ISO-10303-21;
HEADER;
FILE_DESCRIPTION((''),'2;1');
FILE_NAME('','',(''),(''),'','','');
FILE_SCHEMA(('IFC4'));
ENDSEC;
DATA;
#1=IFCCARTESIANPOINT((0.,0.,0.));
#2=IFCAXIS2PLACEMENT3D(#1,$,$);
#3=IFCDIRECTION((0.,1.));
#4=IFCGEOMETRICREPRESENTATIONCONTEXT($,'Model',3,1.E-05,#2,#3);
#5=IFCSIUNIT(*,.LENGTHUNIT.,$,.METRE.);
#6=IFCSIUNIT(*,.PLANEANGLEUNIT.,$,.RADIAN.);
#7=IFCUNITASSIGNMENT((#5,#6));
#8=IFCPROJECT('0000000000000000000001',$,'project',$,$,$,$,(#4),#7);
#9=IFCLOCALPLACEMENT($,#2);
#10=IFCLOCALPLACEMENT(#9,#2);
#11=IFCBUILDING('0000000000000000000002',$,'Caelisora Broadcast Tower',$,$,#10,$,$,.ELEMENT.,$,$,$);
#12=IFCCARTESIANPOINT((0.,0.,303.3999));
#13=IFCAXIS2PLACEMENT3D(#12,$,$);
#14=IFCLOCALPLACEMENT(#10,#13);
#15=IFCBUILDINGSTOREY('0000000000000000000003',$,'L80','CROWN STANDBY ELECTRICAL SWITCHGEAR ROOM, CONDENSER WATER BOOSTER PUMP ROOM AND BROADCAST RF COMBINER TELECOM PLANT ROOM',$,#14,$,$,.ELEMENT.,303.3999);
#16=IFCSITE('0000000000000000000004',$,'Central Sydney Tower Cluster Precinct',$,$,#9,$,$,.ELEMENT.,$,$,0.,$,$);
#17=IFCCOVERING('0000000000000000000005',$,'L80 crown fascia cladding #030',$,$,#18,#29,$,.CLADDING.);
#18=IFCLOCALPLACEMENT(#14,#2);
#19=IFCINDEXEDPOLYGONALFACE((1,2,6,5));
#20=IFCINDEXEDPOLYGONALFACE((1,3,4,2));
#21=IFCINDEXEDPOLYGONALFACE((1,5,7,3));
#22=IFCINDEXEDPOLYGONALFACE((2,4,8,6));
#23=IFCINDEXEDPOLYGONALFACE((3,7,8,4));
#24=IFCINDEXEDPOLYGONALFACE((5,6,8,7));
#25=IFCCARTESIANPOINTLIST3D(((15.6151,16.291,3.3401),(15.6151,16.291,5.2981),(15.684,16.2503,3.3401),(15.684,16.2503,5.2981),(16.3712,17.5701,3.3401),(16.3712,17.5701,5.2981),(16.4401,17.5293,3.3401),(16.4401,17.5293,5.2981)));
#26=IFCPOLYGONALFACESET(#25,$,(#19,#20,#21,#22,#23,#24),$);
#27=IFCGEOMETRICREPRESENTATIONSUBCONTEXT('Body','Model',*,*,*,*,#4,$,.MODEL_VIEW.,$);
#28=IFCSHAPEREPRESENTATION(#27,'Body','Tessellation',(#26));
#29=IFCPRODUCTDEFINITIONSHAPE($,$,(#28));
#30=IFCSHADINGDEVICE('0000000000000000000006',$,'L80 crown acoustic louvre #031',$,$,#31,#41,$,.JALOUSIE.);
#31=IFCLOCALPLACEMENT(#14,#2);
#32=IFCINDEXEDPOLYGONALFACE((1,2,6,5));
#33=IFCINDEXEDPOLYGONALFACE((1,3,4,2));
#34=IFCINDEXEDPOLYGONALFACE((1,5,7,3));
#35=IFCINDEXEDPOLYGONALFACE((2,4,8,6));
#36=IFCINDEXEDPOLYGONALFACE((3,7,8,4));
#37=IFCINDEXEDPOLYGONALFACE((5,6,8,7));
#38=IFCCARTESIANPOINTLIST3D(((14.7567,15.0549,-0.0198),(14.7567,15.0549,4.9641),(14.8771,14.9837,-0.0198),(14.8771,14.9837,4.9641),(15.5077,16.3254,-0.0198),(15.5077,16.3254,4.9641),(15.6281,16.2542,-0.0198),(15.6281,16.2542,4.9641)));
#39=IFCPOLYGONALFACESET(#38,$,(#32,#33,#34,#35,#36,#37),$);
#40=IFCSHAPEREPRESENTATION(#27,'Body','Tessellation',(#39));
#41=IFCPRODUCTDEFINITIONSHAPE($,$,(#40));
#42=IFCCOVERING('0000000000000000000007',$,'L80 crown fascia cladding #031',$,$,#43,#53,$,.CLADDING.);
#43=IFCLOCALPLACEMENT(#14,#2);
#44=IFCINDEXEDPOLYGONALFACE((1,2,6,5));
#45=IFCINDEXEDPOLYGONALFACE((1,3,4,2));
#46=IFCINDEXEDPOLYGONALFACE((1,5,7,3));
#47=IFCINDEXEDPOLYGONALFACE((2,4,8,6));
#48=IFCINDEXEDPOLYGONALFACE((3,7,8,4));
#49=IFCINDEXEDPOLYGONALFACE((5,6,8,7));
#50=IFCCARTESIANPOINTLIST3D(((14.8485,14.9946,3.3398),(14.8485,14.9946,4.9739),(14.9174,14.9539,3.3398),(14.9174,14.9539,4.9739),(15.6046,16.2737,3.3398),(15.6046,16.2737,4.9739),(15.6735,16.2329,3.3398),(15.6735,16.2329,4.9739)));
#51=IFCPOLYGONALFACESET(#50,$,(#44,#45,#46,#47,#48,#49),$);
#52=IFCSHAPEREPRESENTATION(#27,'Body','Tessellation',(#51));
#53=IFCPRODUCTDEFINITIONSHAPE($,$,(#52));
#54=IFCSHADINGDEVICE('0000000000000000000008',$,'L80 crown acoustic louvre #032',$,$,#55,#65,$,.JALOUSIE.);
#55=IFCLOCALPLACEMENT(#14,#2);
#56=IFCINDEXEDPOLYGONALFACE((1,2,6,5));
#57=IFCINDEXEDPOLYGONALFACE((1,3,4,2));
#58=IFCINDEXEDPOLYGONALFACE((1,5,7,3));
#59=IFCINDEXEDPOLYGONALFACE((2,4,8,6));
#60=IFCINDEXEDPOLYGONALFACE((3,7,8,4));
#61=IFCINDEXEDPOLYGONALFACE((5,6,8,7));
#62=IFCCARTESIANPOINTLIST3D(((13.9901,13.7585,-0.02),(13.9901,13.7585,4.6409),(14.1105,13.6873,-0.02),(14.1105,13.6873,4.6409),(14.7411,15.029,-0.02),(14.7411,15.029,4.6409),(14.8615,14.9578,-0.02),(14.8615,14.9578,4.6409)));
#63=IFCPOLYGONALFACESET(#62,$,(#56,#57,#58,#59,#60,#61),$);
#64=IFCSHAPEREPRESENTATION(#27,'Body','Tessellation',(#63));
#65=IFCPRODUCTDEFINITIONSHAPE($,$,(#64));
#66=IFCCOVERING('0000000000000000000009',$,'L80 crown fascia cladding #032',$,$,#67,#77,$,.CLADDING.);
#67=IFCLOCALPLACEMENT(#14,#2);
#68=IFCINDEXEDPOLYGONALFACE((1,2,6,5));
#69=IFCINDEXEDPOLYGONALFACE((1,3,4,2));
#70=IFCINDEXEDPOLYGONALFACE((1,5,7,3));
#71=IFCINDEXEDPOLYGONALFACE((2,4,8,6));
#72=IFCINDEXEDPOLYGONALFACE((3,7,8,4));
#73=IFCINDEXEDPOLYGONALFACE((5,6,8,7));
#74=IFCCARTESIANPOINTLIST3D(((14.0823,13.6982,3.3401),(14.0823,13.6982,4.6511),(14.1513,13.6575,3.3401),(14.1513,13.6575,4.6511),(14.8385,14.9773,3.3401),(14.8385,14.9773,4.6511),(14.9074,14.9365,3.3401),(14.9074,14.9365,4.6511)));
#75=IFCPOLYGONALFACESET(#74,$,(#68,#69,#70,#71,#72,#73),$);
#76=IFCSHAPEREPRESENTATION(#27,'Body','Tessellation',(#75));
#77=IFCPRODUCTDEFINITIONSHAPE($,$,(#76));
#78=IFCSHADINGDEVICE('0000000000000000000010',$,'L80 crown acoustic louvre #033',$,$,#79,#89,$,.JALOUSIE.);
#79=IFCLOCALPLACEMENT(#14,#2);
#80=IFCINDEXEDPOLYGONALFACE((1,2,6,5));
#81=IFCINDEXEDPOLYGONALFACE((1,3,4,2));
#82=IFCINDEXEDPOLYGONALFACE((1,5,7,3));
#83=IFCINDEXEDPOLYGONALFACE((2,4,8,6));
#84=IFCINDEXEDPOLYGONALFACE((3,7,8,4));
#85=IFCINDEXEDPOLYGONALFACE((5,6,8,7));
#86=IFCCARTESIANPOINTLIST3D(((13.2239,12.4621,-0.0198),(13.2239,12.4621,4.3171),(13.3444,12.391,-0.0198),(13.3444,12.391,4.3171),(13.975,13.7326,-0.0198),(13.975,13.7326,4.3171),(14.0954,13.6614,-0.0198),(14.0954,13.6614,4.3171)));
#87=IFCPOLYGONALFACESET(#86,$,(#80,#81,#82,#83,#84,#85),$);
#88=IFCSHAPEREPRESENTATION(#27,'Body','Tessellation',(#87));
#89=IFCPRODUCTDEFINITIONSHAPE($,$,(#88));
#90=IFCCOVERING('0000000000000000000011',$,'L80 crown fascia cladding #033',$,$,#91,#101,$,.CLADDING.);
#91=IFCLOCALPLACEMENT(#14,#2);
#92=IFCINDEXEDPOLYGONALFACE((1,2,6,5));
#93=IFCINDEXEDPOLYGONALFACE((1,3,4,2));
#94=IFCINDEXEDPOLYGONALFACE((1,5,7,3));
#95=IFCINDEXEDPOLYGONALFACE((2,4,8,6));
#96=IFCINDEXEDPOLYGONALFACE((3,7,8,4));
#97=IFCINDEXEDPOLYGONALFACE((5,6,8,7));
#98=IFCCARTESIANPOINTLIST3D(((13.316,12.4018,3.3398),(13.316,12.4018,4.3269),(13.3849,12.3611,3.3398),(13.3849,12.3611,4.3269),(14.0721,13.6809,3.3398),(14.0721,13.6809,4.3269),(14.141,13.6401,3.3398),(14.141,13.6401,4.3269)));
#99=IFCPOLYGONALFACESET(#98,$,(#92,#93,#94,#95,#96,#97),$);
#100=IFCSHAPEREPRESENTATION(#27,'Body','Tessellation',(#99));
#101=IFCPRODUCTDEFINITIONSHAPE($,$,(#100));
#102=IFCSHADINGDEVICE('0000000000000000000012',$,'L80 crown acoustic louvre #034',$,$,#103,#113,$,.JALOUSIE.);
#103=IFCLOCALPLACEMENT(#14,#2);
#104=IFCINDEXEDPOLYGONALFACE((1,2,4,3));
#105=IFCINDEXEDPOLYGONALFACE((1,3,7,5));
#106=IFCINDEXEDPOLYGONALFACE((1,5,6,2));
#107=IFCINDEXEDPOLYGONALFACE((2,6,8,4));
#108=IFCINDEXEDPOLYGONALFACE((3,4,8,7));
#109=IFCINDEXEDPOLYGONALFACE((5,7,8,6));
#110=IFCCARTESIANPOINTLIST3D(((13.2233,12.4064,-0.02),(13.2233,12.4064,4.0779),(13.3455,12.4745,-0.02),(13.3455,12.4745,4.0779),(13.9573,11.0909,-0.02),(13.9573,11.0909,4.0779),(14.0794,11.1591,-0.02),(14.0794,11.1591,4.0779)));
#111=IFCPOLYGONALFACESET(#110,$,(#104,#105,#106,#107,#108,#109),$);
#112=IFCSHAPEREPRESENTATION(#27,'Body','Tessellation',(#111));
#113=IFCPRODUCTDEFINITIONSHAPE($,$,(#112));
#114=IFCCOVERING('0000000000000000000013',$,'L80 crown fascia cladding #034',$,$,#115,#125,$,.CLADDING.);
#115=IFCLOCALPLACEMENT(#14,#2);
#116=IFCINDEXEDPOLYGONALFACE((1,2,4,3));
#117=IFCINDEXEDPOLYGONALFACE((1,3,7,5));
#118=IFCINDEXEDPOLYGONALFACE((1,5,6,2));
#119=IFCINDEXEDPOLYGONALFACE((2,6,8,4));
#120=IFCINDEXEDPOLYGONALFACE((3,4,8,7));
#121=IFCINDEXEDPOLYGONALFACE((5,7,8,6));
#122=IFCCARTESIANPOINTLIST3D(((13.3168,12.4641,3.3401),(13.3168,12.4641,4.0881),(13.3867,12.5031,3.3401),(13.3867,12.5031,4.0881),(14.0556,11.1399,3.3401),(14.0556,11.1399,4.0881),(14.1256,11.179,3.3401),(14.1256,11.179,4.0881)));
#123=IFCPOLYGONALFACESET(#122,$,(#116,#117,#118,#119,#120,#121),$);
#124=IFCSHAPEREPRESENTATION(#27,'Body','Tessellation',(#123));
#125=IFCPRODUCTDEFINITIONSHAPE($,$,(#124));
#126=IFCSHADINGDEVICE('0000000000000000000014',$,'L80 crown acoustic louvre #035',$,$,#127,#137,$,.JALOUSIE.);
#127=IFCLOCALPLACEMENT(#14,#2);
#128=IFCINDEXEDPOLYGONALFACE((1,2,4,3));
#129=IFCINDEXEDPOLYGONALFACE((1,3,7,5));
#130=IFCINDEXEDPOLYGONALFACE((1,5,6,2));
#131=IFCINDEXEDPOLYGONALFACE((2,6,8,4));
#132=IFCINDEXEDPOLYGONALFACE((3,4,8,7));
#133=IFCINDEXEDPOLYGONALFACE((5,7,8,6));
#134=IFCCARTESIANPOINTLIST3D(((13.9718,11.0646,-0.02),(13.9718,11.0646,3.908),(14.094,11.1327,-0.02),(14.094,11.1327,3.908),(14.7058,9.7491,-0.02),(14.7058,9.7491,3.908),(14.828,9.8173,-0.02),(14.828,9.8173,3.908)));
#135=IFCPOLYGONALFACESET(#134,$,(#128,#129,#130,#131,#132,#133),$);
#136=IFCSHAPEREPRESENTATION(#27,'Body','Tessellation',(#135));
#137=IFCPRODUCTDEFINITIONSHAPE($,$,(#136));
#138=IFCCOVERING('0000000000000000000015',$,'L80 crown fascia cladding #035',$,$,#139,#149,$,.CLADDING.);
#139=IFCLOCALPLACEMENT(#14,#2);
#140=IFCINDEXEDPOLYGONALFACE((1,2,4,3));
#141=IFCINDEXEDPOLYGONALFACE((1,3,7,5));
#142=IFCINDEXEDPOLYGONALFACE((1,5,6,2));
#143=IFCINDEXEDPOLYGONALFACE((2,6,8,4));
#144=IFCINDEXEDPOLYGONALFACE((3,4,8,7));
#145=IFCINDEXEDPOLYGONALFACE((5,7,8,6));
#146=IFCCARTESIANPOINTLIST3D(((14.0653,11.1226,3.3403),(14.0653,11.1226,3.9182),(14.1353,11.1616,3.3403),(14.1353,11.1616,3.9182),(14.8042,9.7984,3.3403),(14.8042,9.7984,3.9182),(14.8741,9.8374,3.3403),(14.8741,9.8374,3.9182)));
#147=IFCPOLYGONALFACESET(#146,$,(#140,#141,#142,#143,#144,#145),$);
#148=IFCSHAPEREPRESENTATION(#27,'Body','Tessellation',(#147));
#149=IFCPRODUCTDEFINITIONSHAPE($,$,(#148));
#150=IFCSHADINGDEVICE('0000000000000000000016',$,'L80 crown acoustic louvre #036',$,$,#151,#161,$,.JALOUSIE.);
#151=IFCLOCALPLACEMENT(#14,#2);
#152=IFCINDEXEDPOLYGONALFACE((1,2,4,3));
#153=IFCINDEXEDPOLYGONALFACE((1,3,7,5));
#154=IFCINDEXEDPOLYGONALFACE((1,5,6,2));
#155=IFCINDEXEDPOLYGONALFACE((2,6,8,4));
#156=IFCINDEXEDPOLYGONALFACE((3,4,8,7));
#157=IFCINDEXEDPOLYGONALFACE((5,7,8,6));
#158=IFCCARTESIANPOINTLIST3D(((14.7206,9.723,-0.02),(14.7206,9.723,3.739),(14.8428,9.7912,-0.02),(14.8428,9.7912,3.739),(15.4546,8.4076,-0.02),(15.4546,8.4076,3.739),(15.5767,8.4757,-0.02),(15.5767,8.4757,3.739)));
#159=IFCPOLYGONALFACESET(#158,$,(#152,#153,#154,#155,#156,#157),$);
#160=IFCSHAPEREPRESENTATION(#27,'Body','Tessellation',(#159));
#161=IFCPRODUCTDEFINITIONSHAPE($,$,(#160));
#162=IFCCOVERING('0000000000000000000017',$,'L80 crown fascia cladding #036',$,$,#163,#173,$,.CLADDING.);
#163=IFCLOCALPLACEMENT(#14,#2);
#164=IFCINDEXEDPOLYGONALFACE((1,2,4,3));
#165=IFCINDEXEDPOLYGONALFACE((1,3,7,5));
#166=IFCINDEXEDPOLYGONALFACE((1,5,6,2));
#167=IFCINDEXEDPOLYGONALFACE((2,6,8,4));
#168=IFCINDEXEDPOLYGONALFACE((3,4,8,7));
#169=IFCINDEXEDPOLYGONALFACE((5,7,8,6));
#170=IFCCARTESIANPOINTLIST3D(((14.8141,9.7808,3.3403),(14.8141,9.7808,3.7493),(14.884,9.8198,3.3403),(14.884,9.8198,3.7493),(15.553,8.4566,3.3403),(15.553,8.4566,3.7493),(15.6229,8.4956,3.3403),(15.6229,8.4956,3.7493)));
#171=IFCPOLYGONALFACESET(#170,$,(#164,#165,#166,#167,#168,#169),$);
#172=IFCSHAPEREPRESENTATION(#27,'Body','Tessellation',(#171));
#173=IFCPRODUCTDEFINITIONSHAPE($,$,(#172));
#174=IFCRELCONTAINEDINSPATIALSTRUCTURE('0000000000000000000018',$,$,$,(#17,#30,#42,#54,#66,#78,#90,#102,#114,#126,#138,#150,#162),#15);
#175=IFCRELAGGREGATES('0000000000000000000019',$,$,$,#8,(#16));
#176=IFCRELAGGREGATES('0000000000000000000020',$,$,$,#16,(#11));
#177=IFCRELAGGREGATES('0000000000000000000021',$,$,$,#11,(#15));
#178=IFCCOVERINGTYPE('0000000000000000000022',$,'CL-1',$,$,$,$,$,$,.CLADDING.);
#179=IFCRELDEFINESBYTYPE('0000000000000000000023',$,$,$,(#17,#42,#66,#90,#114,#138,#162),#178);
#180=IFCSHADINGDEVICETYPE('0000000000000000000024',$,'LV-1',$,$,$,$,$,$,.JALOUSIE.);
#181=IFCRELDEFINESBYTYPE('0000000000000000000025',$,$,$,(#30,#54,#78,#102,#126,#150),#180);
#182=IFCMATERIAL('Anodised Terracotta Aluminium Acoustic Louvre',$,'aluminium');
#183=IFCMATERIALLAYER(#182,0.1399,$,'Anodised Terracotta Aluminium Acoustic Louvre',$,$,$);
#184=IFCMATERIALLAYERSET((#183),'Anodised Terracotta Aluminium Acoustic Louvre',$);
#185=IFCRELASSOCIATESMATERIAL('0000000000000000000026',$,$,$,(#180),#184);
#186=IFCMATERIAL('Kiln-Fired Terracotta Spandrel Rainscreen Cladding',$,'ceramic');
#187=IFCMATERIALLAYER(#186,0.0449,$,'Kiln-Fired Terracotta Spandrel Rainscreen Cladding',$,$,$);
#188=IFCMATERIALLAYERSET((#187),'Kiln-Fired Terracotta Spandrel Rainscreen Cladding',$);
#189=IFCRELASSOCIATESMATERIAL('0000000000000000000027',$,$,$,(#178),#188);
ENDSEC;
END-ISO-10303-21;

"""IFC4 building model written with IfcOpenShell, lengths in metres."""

from ifc_helpers import new_model, si_unit, direction, frame, origin, origin_2d, place, context, subcontext, project, spatial, rectangle, extrude, source, transform, mapped, material, layer, layer_set, type_object, element, save


model = new_model("IFC4")

# Units and contexts
model_context = context("Model", 3, precision=1e-05, world=origin(), true_north=direction((0.0, 1.0)))
body_context = subcontext(model_context, "Body", "Model", "MODEL_VIEW")
ifc_project = project(units=[si_unit("LENGTHUNIT", "METRE"), si_unit("PLANEANGLEUNIT", "RADIAN")], contexts=[model_context])

# Site, building, storey
site_placement = place(None, origin())
site = spatial("IfcSite", under=ifc_project, at=site_placement, Name="Central Sydney Tower Cluster Precinct", CompositionType="ELEMENT", RefElevation=0.0)
building_placement = place(site_placement, origin())
building = spatial("IfcBuilding", under=site, at=building_placement, Name="Caelisora Broadcast Tower", CompositionType="ELEMENT")
storey_placement = place(building_placement, frame((0.0, 0.0, 303.3999)))
storey = spatial("IfcBuildingStorey", under=building, at=storey_placement, Name="L80", Description="CROWN STANDBY ELECTRICAL SWITCHGEAR ROOM, CONDENSER WATER BOOSTER PUMP ROOM AND BROADCAST RF COMBINER TELECOM PLANT ROOM", CompositionType="ELEMENT", Elevation=303.3999)

# Shared definitions
ifc_material_1 = material(Name="Anodised Terracotta Aluminium Acoustic Louvre", Category="aluminium")
ifc_layer_1 = layer(ifc_material_1, 0.1399, Name="Anodised Terracotta Aluminium Acoustic Louvre")
ifc_layer_set_1 = layer_set([ifc_layer_1], Name="Anodised Terracotta Aluminium Acoustic Louvre")
shading_device_type = type_object("IfcShadingDeviceType", Name="LV-1", PredefinedType="JALOUSIE", material=ifc_layer_set_1)

# Covering
ifc_material_2 = material(Name="Kiln-Fired Terracotta Spandrel Rainscreen Cladding", Category="ceramic")
ifc_layer_2 = layer(ifc_material_2, 0.0449, Name="Kiln-Fired Terracotta Spandrel Rainscreen Cladding")
ifc_layer_set_2 = layer_set([ifc_layer_2], Name="Kiln-Fired Terracotta Spandrel Rainscreen Cladding")
covering_type = type_object("IfcCoveringType", Name="CL-1", PredefinedType="CLADDING", material=ifc_layer_set_2)
shared_shape_1 = source(origin(), body_context, "Body", "SweptSolid", [
    extrude(rectangle(XDim=1.4858, YDim=0.0801, at=origin_2d()), origin(), (0.0, 0.0, 1.0), 1.958),
])
covering_1_placement = place(storey_placement, frame((16.0276, 16.9102, 3.3401), z_axis=(0.0, 0.0, 1.0), x_axis=(-0.508891, -0.860831, 0.0)))
element("IfcCovering", 1, at=covering_1_placement, inside=storey, type_object=covering_type, Name="L80 crown fascia cladding #030", PredefinedType="CLADDING", context=body_context, shape_type="MappedRepresentation", body=[
    mapped(shared_shape_1, transform((0.0, 0.0, 0.0), scale=1.0)),
])

# Shading device
shared_shape_2 = source(origin(), body_context, "Body", "SweptSolid", [
    extrude(rectangle(XDim=1.4758, YDim=0.1399, at=origin_2d()), origin(), (0.0, 0.0, 1.0), 4.9839),
])
shading_device_1_placement = place(storey_placement, frame((15.1924, 15.6545, -0.0198), z_axis=(0.0, 0.0, 1.0), x_axis=(-0.508891, -0.860831, 0.0)))
element("IfcShadingDevice", 2, at=shading_device_1_placement, inside=storey, type_object=shading_device_type, Name="L80 crown acoustic louvre #031", PredefinedType="JALOUSIE", context=body_context, shape_type="MappedRepresentation", body=[
    mapped(shared_shape_2, transform((0.0, 0.0, 0.0), scale=1.0)),
])

# Covering
shared_shape_3 = source(origin(), body_context, "Body", "SweptSolid", [
    extrude(rectangle(XDim=1.4858, YDim=0.0801, at=origin_2d()), origin(), (0.0, 0.0, 1.0), 1.634),
])
covering_2_placement = place(storey_placement, frame((15.261, 15.6138, 3.3398), z_axis=(0.0, 0.0, 1.0), x_axis=(-0.508891, -0.860831, 0.0)))
element("IfcCovering", 3, at=covering_2_placement, inside=storey, type_object=covering_type, Name="L80 crown fascia cladding #031", PredefinedType="CLADDING", context=body_context, shape_type="MappedRepresentation", body=[
    mapped(shared_shape_3, transform((0.0, 0.0, 0.0), scale=1.0)),
])

# Shading device
shared_shape_4 = source(origin(), body_context, "Body", "SweptSolid", [
    extrude(rectangle(XDim=1.4758, YDim=0.1399, at=origin_2d()), origin(), (0.0, 0.0, 1.0), 4.6609),
])
shading_device_2_placement = place(storey_placement, frame((14.4258, 14.3582, -0.02), z_axis=(0.0, 0.0, 1.0), x_axis=(-0.508891, -0.860831, 0.0)))
element("IfcShadingDevice", 4, at=shading_device_2_placement, inside=storey, type_object=shading_device_type, Name="L80 crown acoustic louvre #032", PredefinedType="JALOUSIE", context=body_context, shape_type="MappedRepresentation", body=[
    mapped(shared_shape_4, transform((0.0, 0.0, 0.0), scale=1.0)),
])

# Covering
shared_shape_5 = source(origin(), body_context, "Body", "SweptSolid", [
    extrude(rectangle(XDim=1.4858, YDim=0.0801, at=origin_2d()), origin(), (0.0, 0.0, 1.0), 1.311),
])
covering_3_placement = place(storey_placement, frame((14.4949, 14.3174, 3.3401), z_axis=(0.0, 0.0, 1.0), x_axis=(-0.508891, -0.860831, 0.0)))
element("IfcCovering", 5, at=covering_3_placement, inside=storey, type_object=covering_type, Name="L80 crown fascia cladding #032", PredefinedType="CLADDING", context=body_context, shape_type="MappedRepresentation", body=[
    mapped(shared_shape_5, transform((0.0, 0.0, 0.0), scale=1.0)),
])

# Shading device
shared_shape_6 = source(origin(), body_context, "Body", "SweptSolid", [
    extrude(rectangle(XDim=1.4758, YDim=0.1399, at=origin_2d()), origin(), (0.0, 0.0, 1.0), 4.3369),
])
shading_device_3_placement = place(storey_placement, frame((13.6597, 13.0618, -0.0198), z_axis=(0.0, 0.0, 1.0), x_axis=(-0.508891, -0.860831, 0.0)))
element("IfcShadingDevice", 6, at=shading_device_3_placement, inside=storey, type_object=shading_device_type, Name="L80 crown acoustic louvre #033", PredefinedType="JALOUSIE", context=body_context, shape_type="MappedRepresentation", body=[
    mapped(shared_shape_6, transform((0.0, 0.0, 0.0), scale=1.0)),
])

# Covering
shared_shape_7 = source(origin(), body_context, "Body", "SweptSolid", [
    extrude(rectangle(XDim=1.4858, YDim=0.0801, at=origin_2d()), origin(), (0.0, 0.0, 1.0), 0.9871),
])
covering_4_placement = place(storey_placement, frame((13.7285, 13.021, 3.3398), z_axis=(0.0, 0.0, 1.0), x_axis=(-0.508891, -0.860831, 0.0)))
element("IfcCovering", 7, at=covering_4_placement, inside=storey, type_object=covering_type, Name="L80 crown fascia cladding #033", PredefinedType="CLADDING", context=body_context, shape_type="MappedRepresentation", body=[
    mapped(shared_shape_7, transform((0.0, 0.0, 0.0), scale=1.0)),
])

# Shading device
shared_shape_8 = source(origin(), body_context, "Body", "SweptSolid", [
    extrude(rectangle(XDim=1.5063, YDim=0.1399, at=origin_2d()), origin(), (0.0, 0.0, 1.0), 4.0979),
])
shading_device_4_placement = place(storey_placement, frame((13.6514, 11.7827, -0.02), z_axis=(0.0, 0.0, 1.0), x_axis=(0.48725, -0.873262, 0.0)))
element("IfcShadingDevice", 8, at=shading_device_4_placement, inside=storey, type_object=shading_device_type, Name="L80 crown acoustic louvre #034", PredefinedType="JALOUSIE", context=body_context, shape_type="MappedRepresentation", body=[
    mapped(shared_shape_8, transform((0.0, 0.0, 0.0), scale=1.0)),
])

# Covering
shared_shape_9 = source(origin(), body_context, "Body", "SweptSolid", [
    extrude(rectangle(XDim=1.5164, YDim=0.0801, at=origin_2d()), origin(), (0.0, 0.0, 1.0), 0.748),
])
covering_5_placement = place(storey_placement, frame((13.7212, 11.8215, 3.3401), z_axis=(0.0, 0.0, 1.0), x_axis=(0.48725, -0.873262, 0.0)))
element("IfcCovering", 9, at=covering_5_placement, inside=storey, type_object=covering_type, Name="L80 crown fascia cladding #034", PredefinedType="CLADDING", context=body_context, shape_type="MappedRepresentation", body=[
    mapped(shared_shape_9, transform((0.0, 0.0, 0.0), scale=1.0)),
])

# Shading device
shared_shape_10 = source(origin(), body_context, "Body", "SweptSolid", [
    extrude(rectangle(XDim=1.5063, YDim=0.1399, at=origin_2d()), origin(), (0.0, 0.0, 1.0), 3.928),
])
shading_device_5_placement = place(storey_placement, frame((14.3999, 10.4409, -0.02), z_axis=(0.0, 0.0, 1.0), x_axis=(0.48725, -0.873262, 0.0)))
element("IfcShadingDevice", 10, at=shading_device_5_placement, inside=storey, type_object=shading_device_type, Name="L80 crown acoustic louvre #035", PredefinedType="JALOUSIE", context=body_context, shape_type="MappedRepresentation", body=[
    mapped(shared_shape_10, transform((0.0, 0.0, 0.0), scale=1.0)),
])

# Covering
shared_shape_11 = source(origin(), body_context, "Body", "SweptSolid", [
    extrude(rectangle(XDim=1.5164, YDim=0.0801, at=origin_2d()), origin(), (0.0, 0.0, 1.0), 0.5779),
])
covering_6_placement = place(storey_placement, frame((14.4697, 10.48, 3.3403), z_axis=(0.0, 0.0, 1.0), x_axis=(0.48725, -0.873262, 0.0)))
element("IfcCovering", 11, at=covering_6_placement, inside=storey, type_object=covering_type, Name="L80 crown fascia cladding #035", PredefinedType="CLADDING", context=body_context, shape_type="MappedRepresentation", body=[
    mapped(shared_shape_11, transform((0.0, 0.0, 0.0), scale=1.0)),
])

# Shading device
shared_shape_12 = source(origin(), body_context, "Body", "SweptSolid", [
    extrude(rectangle(XDim=1.5063, YDim=0.1399, at=origin_2d()), origin(), (0.0, 0.0, 1.0), 3.759),
])
shading_device_6_placement = place(storey_placement, frame((15.1487, 9.0994, -0.02), z_axis=(0.0, 0.0, 1.0), x_axis=(0.48725, -0.873262, 0.0)))
element("IfcShadingDevice", 12, at=shading_device_6_placement, inside=storey, type_object=shading_device_type, Name="L80 crown acoustic louvre #036", PredefinedType="JALOUSIE", context=body_context, shape_type="MappedRepresentation", body=[
    mapped(shared_shape_12, transform((0.0, 0.0, 0.0), scale=1.0)),
])

# Covering
shared_shape_13 = source(origin(), body_context, "Body", "SweptSolid", [
    extrude(rectangle(XDim=1.5164, YDim=0.0801, at=origin_2d()), origin(), (0.0, 0.0, 1.0), 0.4089),
])
covering_7_placement = place(storey_placement, frame((15.2185, 9.1382, 3.3403), z_axis=(0.0, 0.0, 1.0), x_axis=(0.48725, -0.873262, 0.0)))
element("IfcCovering", 13, at=covering_7_placement, inside=storey, type_object=covering_type, Name="L80 crown fascia cladding #036", PredefinedType="CLADDING", context=body_context, shape_type="MappedRepresentation", body=[
    mapped(shared_shape_13, transform((0.0, 0.0, 0.0), scale=1.0)),
])

save(model, "model.ifc")
